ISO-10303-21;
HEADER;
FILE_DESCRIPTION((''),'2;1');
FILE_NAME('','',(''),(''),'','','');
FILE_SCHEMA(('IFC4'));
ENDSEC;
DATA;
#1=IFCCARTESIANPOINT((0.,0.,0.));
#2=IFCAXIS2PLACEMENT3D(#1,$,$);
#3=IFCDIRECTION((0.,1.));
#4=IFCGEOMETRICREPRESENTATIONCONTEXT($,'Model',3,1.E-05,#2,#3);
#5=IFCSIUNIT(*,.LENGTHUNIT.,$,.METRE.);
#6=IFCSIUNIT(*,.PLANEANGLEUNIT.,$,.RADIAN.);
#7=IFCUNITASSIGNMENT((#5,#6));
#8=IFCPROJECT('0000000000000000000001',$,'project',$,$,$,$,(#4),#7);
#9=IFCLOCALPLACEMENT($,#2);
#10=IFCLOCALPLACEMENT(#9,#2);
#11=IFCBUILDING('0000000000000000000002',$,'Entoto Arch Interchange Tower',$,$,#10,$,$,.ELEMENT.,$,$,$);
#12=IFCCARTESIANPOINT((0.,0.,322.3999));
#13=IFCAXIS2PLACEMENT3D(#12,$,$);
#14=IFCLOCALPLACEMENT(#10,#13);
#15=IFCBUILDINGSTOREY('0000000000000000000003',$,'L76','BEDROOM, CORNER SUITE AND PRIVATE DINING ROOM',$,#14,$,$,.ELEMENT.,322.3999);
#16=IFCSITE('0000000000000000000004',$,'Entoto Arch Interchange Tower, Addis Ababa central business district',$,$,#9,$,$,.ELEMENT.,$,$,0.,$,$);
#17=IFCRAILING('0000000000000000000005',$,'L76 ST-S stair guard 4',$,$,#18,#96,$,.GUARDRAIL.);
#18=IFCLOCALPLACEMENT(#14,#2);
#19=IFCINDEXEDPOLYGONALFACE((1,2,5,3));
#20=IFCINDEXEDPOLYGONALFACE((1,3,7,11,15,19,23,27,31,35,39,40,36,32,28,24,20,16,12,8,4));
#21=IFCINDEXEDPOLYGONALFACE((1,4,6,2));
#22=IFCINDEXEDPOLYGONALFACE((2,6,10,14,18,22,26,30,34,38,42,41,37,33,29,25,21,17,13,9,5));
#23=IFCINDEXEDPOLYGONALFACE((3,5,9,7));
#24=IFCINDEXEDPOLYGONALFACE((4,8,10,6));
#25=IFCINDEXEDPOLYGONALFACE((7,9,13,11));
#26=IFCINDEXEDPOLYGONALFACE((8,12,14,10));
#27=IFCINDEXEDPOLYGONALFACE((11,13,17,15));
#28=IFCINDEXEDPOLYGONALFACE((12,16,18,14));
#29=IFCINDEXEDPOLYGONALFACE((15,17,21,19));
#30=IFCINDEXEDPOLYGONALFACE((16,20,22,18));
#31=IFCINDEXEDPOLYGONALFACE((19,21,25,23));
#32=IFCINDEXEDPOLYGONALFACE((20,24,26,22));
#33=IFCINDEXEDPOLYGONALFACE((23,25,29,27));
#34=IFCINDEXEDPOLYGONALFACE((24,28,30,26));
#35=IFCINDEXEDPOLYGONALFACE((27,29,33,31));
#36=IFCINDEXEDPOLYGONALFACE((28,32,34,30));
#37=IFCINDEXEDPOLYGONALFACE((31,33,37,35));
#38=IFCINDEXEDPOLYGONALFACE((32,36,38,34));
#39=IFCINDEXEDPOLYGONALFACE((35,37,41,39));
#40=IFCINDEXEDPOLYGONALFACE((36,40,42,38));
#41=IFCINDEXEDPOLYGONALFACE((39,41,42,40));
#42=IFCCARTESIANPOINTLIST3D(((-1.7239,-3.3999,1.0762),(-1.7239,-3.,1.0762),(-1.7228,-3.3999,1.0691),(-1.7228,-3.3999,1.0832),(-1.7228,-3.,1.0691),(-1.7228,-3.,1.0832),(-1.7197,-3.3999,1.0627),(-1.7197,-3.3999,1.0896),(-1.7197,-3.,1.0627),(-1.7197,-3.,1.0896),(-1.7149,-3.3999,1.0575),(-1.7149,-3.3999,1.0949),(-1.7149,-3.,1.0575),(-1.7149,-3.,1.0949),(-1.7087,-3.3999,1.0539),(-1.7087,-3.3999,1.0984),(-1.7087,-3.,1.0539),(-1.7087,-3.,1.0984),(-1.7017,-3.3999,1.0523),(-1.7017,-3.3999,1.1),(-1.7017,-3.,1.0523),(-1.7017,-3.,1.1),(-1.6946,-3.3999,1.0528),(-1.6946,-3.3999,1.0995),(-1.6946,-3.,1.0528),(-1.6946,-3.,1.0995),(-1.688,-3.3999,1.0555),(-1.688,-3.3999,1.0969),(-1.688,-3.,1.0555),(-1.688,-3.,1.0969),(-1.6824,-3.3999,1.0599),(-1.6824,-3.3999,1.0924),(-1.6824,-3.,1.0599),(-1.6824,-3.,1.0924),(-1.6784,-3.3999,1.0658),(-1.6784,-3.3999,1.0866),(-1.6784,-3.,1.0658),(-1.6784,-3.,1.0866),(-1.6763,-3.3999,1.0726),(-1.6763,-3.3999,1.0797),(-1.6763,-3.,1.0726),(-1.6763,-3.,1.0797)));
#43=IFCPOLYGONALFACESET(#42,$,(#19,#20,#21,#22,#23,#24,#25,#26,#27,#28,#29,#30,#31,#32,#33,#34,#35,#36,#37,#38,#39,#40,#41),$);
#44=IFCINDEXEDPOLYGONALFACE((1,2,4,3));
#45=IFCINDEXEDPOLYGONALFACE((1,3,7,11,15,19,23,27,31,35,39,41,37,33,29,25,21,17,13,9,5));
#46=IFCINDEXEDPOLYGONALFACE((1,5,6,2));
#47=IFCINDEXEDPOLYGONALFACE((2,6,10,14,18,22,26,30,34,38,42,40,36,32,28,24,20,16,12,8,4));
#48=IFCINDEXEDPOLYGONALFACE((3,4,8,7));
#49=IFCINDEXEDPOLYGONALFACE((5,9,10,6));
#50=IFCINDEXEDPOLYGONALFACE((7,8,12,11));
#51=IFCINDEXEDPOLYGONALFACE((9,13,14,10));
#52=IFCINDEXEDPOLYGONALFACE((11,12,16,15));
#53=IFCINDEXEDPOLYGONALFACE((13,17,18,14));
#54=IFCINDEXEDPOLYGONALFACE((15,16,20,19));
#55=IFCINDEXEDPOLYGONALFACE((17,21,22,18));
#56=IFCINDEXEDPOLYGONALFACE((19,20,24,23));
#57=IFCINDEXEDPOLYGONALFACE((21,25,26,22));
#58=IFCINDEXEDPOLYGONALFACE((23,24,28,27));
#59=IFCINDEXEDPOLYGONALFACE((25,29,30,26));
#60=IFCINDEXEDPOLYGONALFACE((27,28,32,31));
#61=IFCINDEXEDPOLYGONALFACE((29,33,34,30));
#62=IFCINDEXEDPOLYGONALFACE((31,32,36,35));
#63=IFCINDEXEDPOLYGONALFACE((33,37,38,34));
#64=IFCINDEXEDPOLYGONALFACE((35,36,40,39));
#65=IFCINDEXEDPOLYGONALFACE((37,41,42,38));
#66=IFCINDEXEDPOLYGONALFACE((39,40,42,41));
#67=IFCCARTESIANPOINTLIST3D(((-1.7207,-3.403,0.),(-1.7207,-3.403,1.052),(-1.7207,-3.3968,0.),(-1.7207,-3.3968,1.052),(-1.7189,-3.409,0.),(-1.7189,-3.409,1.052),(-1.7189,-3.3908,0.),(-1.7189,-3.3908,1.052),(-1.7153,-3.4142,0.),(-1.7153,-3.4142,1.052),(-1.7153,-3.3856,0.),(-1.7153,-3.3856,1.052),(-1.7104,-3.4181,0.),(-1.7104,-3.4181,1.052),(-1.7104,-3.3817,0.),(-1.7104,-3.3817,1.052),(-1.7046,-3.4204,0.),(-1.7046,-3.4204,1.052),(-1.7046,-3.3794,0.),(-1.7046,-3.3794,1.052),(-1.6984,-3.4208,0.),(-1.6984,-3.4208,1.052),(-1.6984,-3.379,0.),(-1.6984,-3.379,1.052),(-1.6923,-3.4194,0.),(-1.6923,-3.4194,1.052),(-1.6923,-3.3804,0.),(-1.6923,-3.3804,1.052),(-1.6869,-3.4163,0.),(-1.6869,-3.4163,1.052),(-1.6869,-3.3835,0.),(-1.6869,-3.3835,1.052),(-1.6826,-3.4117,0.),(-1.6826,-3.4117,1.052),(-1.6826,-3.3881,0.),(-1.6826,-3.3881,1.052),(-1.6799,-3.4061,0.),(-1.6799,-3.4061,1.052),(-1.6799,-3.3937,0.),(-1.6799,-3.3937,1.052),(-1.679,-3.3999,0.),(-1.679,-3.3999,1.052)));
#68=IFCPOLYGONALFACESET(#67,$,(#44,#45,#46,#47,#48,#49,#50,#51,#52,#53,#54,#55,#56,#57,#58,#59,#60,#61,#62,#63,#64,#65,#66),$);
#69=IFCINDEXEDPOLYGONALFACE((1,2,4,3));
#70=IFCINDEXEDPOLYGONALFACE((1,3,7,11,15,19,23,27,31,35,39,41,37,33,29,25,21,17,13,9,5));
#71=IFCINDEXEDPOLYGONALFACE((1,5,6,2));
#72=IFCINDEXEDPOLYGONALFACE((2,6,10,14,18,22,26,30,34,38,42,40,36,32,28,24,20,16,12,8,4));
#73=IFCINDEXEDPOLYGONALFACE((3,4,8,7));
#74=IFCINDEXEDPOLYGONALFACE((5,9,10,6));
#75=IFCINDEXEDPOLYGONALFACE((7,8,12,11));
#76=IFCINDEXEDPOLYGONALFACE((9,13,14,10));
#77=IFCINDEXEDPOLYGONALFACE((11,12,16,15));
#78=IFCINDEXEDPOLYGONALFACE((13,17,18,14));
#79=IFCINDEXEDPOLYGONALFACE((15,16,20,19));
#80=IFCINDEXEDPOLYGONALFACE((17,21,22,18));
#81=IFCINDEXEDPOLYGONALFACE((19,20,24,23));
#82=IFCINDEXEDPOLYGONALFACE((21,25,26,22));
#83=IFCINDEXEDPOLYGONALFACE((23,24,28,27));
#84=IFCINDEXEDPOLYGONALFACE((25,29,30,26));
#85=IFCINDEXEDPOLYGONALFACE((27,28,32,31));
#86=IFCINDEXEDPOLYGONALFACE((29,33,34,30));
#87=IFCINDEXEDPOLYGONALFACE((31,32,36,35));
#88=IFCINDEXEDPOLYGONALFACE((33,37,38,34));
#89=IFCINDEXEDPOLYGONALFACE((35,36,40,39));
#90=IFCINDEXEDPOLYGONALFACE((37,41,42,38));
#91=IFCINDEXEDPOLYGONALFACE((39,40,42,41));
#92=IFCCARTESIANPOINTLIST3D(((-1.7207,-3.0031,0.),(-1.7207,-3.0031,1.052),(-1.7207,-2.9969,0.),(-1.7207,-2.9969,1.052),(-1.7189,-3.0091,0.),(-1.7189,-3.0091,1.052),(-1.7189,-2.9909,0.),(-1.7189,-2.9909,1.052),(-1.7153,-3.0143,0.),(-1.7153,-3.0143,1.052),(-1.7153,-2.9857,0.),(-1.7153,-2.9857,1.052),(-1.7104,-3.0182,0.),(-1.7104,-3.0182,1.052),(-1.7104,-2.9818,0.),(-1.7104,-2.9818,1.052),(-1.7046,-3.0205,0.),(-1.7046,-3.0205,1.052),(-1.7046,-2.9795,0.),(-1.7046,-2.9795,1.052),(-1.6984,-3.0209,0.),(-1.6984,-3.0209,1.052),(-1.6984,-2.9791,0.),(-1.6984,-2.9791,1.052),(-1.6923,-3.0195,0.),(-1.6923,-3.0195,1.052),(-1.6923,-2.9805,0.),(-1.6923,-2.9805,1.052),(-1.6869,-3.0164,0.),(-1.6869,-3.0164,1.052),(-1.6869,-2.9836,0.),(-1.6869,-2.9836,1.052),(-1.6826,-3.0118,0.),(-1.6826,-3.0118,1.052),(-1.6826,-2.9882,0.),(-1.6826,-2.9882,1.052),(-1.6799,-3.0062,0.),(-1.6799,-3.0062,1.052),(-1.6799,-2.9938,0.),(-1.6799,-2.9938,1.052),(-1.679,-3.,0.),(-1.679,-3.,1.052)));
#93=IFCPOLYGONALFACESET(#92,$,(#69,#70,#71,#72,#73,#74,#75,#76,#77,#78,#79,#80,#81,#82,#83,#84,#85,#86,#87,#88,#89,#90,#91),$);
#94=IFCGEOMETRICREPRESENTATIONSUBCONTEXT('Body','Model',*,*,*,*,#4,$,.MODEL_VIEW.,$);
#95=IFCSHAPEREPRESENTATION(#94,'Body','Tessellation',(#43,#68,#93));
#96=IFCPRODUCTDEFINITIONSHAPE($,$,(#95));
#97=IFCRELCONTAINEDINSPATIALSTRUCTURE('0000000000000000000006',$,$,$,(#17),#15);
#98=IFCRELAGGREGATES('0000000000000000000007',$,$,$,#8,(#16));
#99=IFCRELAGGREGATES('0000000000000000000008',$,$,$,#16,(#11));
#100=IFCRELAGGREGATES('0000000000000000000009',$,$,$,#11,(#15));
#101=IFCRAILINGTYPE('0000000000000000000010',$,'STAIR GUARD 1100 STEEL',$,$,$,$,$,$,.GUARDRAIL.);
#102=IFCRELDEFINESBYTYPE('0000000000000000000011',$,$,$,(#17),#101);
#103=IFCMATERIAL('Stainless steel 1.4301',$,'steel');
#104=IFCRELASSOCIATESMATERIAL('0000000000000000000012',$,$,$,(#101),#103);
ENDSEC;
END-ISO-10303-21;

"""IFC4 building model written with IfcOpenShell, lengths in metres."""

from ifc_helpers import new_model, si_unit, direction, frame, origin, origin_2d, place, context, subcontext, project, spatial, circle, extrude, material, type_object, element, save


model = new_model("IFC4")

# Units and contexts
model_context = context("Model", 3, precision=1e-05, world=origin(), true_north=direction((0.0, 1.0)))
body_context = subcontext(model_context, "Body", "Model", "MODEL_VIEW")
ifc_project = project(units=[si_unit("LENGTHUNIT", "METRE"), si_unit("PLANEANGLEUNIT", "RADIAN")], contexts=[model_context])

# Site, building, storey
site_placement = place(None, origin())
site = spatial("IfcSite", under=ifc_project, at=site_placement, Name="Entoto Arch Interchange Tower, Addis Ababa central business district", CompositionType="ELEMENT", RefElevation=0.0)
building_placement = place(site_placement, origin())
building = spatial("IfcBuilding", under=site, at=building_placement, Name="Entoto Arch Interchange Tower", CompositionType="ELEMENT")
storey_placement = place(building_placement, frame((0.0, 0.0, 322.3999)))
storey = spatial("IfcBuildingStorey", under=building, at=storey_placement, Name="L76", Description="BEDROOM, CORNER SUITE AND PRIVATE DINING ROOM", CompositionType="ELEMENT", Elevation=322.3999)

# Railing
ifc_material_1 = material(Name="Stainless steel 1.4301", Category="steel")
railing_type_1 = type_object("IfcRailingType", Name="STAIR GUARD 1100 STEEL", PredefinedType="GUARDRAIL", material=ifc_material_1)
railing_1_placement = place(storey_placement, frame((-1.7, -3.3999, 0.0)))
element("IfcRailing", 1, at=railing_1_placement, inside=storey, type_object=railing_type_1, Name="L76 ST-S stair guard 4", PredefinedType="GUARDRAIL", context=body_context, shape_type="SweptSolid", body=[
    extrude(circle(Radius=0.0239, at=origin_2d()), frame((0.0, 0.0, 1.0762), z_axis=(0.0, 1.0, 0.0), x_axis=(-1.0, 0.0, 0.0)), (0.0, 0.0, 1.0), 0.3999),
    extrude(circle(Radius=0.021, at=origin_2d()), origin(), (0.0, 0.0, 1.0), 1.052),
    extrude(circle(Radius=0.021, at=origin_2d()), frame((0.0, 0.3999, 0.0)), (0.0, 0.0, 1.0), 1.052),
])

save(model, "model.ifc")
